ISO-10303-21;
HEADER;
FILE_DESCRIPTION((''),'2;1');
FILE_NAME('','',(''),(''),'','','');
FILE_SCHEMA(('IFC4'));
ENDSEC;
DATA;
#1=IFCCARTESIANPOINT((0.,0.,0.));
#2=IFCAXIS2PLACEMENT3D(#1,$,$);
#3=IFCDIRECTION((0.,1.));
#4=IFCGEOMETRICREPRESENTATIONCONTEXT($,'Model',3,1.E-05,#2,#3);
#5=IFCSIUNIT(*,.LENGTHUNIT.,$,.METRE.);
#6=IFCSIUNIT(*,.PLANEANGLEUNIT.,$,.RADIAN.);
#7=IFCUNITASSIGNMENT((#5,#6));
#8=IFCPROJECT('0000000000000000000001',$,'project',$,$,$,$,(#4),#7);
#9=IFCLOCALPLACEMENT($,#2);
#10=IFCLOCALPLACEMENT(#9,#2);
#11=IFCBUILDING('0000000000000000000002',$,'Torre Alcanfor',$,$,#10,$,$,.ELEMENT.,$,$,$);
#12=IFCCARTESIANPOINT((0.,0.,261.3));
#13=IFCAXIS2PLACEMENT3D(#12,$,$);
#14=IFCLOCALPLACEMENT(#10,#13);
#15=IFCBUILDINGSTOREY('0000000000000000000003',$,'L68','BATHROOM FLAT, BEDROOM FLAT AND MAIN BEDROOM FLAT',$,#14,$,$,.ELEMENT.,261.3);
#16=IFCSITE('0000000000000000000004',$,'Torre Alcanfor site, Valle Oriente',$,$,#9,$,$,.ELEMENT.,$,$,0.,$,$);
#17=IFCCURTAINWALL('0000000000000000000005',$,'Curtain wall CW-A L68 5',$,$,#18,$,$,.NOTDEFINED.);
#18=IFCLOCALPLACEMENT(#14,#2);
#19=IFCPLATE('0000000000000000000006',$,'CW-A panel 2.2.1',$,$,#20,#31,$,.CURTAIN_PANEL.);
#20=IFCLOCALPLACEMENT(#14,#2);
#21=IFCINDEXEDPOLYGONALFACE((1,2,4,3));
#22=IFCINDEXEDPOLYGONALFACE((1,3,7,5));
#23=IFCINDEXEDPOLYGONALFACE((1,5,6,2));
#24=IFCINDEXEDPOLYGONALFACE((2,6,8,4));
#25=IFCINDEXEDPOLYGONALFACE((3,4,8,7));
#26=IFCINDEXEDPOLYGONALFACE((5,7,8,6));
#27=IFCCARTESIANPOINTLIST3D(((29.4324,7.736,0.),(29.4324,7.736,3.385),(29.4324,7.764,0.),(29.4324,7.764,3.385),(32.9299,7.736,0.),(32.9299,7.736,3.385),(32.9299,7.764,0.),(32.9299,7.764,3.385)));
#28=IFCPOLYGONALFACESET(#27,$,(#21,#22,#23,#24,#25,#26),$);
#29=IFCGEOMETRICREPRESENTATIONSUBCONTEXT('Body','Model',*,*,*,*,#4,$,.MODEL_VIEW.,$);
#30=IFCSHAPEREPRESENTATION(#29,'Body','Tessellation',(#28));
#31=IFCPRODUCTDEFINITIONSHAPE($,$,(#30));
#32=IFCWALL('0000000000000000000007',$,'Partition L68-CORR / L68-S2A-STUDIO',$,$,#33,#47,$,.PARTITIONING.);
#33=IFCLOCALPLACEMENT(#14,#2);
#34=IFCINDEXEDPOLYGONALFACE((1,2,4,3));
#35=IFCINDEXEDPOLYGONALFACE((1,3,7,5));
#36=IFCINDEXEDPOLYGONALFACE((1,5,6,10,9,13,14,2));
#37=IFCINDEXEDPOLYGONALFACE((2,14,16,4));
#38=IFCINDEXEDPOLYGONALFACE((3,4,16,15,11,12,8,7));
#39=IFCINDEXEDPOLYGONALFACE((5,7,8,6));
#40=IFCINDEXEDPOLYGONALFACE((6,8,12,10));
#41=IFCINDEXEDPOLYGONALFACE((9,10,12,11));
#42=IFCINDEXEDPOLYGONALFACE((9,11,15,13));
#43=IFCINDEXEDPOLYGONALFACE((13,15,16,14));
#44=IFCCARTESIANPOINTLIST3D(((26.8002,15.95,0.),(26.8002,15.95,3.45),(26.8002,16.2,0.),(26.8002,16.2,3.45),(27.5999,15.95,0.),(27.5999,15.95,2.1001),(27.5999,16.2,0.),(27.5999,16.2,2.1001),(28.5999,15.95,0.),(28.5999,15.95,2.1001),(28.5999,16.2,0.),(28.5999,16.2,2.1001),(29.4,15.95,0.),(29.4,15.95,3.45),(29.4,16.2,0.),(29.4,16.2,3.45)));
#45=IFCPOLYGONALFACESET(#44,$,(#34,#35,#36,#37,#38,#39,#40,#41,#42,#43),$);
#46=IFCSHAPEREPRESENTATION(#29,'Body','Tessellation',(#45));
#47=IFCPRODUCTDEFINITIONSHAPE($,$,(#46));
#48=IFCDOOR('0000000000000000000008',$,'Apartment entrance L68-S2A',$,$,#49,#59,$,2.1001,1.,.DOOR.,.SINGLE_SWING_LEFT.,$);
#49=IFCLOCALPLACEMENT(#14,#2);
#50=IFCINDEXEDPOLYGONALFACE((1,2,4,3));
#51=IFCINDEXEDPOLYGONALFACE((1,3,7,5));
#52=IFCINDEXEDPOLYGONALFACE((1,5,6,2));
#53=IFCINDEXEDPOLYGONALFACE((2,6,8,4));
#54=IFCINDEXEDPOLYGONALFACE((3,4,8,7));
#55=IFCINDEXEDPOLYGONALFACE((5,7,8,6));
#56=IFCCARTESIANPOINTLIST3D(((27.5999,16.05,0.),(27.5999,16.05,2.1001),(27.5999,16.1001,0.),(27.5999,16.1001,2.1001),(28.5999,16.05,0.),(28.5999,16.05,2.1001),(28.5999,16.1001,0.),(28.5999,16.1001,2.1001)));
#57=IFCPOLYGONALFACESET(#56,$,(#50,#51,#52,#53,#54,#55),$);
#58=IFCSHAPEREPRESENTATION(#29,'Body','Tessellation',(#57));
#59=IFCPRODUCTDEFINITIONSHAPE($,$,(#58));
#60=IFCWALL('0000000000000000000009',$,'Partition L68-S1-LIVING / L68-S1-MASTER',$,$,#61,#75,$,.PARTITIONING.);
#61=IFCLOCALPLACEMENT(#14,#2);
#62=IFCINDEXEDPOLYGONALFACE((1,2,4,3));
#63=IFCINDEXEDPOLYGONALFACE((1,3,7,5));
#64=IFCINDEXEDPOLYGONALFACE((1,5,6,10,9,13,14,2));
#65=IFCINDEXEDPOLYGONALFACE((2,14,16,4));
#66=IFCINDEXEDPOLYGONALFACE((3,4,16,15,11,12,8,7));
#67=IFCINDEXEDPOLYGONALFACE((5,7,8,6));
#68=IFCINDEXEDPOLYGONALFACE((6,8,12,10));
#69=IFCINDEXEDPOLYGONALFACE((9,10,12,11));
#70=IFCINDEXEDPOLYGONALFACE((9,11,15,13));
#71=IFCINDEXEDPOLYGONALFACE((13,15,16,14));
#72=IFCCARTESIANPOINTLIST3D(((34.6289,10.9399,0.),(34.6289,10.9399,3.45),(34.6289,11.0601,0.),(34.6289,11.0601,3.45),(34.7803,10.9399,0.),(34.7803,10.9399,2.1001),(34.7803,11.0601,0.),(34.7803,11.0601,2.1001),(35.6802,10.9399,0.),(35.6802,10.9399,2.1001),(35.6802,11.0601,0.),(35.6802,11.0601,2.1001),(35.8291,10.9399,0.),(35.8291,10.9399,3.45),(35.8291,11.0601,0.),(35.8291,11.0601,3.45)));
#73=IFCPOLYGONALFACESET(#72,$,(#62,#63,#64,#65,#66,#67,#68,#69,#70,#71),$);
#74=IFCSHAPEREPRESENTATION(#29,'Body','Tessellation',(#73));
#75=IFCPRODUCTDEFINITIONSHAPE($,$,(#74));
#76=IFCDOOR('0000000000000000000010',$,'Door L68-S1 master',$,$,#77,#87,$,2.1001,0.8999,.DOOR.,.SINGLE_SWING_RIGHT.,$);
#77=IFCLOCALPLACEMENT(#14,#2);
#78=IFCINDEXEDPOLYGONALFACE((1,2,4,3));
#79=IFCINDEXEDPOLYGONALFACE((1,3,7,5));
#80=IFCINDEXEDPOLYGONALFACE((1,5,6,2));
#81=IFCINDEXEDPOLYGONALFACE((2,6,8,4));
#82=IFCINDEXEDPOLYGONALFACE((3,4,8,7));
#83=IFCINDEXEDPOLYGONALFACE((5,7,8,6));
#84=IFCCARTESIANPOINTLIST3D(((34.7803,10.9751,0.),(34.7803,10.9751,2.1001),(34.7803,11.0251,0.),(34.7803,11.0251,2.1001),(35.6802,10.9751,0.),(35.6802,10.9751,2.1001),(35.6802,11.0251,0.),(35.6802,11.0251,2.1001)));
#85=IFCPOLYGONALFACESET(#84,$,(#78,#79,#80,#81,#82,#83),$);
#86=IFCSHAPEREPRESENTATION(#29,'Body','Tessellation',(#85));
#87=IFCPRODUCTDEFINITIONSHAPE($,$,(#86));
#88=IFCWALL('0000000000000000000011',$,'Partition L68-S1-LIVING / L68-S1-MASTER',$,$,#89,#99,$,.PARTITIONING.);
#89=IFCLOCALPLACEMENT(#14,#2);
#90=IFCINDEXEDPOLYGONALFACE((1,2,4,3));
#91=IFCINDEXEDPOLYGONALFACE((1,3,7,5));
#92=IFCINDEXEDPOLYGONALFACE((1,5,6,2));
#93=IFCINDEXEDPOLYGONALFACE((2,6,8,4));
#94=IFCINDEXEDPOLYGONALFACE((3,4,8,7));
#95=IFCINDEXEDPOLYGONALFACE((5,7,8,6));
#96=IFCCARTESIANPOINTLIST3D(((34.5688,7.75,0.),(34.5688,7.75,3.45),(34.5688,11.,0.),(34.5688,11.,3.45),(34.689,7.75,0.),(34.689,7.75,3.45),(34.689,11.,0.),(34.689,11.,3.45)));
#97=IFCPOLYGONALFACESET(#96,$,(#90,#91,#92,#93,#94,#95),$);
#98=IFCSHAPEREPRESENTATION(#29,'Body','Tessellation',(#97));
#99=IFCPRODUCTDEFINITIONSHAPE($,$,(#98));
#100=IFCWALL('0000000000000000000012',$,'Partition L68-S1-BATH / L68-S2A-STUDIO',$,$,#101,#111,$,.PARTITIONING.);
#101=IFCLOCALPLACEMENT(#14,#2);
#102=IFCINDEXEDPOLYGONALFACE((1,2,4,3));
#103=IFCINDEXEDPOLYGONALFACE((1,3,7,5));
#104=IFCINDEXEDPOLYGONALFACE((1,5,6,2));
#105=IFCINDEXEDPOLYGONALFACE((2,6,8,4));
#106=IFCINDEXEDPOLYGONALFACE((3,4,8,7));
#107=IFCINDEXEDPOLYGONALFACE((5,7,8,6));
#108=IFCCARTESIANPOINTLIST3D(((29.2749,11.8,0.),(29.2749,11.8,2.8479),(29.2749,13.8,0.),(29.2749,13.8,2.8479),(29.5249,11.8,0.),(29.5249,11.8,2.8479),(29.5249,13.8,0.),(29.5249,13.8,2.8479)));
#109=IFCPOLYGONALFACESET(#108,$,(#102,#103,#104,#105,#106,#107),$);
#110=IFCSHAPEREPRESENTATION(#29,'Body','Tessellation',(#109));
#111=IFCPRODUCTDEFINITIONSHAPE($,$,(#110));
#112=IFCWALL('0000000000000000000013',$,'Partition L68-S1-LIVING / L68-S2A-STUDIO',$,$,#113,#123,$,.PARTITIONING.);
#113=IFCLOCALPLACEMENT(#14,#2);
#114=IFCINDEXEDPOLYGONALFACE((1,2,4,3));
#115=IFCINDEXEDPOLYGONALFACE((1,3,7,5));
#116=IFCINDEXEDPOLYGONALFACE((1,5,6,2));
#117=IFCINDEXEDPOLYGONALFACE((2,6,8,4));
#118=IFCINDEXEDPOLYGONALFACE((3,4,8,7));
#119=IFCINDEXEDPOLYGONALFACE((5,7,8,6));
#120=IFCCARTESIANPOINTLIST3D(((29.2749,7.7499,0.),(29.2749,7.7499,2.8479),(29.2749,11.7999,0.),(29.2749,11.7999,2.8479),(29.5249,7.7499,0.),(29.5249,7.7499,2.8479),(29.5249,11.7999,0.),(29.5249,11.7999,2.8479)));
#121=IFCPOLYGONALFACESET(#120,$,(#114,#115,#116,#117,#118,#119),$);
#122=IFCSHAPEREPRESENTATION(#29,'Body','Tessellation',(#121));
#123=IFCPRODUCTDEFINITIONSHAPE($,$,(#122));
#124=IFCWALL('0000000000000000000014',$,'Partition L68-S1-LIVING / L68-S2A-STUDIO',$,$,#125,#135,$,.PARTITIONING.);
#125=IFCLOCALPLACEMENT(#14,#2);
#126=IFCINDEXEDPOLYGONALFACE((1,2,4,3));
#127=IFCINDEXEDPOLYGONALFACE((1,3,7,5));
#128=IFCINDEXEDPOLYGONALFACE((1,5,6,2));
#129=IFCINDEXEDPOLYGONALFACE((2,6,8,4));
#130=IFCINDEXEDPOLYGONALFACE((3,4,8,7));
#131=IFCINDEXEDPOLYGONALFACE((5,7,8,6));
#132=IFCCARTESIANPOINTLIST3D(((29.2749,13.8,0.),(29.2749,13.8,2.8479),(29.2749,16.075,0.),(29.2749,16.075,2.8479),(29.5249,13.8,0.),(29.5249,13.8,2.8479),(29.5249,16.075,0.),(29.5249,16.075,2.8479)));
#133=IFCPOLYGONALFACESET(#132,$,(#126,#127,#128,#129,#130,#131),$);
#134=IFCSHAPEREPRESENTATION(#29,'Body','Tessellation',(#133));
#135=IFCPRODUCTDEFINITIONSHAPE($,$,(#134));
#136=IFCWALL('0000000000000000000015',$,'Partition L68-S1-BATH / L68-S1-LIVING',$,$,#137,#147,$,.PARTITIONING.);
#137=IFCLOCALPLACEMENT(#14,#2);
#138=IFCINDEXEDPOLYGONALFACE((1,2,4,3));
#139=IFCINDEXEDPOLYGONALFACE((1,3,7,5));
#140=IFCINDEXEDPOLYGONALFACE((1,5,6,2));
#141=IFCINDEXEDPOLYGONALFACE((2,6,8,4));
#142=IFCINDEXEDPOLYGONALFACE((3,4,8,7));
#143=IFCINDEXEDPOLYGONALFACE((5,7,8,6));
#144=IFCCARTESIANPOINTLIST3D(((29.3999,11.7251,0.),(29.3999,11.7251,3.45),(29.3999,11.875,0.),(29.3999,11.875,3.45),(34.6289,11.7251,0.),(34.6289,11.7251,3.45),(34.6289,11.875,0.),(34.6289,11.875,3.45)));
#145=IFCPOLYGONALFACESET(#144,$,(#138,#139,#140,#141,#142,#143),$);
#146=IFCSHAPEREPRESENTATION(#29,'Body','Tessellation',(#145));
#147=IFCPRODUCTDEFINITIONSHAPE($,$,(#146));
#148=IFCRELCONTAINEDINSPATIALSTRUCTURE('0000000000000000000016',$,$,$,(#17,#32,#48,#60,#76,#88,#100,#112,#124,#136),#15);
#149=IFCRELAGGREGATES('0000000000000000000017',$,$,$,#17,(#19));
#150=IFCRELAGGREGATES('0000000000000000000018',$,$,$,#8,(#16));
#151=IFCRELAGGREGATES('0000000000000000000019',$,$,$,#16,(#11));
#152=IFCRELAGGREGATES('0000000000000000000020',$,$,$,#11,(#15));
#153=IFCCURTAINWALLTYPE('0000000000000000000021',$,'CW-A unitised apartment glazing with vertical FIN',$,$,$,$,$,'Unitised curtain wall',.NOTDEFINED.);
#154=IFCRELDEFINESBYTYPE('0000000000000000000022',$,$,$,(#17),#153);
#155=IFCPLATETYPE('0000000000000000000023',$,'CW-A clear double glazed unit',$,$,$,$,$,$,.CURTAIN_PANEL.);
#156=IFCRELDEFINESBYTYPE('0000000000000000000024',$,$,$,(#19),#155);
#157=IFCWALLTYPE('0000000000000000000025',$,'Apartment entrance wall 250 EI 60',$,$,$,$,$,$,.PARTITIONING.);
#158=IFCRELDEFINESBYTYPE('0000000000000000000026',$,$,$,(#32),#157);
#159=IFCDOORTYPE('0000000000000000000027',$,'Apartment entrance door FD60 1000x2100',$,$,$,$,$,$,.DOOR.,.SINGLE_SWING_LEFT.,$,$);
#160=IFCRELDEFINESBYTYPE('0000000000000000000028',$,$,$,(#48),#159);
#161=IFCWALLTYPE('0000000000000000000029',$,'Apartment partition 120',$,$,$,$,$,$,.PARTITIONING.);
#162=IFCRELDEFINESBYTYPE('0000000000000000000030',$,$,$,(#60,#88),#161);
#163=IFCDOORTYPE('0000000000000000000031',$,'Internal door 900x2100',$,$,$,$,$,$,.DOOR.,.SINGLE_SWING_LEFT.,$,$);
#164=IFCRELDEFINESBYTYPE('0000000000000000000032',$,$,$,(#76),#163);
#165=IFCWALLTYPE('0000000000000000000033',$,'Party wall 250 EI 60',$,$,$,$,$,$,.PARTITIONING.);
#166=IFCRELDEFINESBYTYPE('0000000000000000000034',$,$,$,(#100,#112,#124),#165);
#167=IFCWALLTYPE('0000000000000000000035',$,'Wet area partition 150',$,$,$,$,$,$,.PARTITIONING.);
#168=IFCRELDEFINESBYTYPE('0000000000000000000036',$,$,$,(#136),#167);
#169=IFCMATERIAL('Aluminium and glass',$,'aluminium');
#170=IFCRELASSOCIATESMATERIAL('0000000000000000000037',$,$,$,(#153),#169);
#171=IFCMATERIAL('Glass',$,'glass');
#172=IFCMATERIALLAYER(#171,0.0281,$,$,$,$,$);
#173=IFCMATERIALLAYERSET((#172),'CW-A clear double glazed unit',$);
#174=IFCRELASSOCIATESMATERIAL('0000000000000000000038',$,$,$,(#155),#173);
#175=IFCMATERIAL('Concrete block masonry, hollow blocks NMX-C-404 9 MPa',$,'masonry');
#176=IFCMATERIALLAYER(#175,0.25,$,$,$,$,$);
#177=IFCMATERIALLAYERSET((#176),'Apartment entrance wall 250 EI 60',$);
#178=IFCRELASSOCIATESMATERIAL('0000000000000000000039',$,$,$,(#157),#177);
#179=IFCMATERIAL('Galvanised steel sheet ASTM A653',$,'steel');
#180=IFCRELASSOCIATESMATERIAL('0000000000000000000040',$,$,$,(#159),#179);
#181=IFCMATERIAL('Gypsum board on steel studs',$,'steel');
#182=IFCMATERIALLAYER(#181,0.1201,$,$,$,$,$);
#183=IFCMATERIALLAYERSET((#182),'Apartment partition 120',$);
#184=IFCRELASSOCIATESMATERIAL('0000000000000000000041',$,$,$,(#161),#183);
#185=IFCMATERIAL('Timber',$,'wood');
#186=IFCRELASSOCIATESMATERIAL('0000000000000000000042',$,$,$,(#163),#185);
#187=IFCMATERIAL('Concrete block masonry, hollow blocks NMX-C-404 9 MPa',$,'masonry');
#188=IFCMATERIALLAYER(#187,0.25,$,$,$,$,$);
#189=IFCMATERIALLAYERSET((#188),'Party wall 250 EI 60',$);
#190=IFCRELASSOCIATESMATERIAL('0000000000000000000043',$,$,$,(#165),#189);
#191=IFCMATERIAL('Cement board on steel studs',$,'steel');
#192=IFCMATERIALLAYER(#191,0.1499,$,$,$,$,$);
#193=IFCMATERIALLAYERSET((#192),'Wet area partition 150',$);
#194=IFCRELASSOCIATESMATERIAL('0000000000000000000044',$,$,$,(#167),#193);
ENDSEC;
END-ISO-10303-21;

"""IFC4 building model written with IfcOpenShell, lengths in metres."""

from ifc_helpers import new_model, si_unit, direction, frame, frame_2d, origin, origin_2d, place, context, subcontext, project, spatial, rectangle, extrude, material, layer, layer_set, type_object, element, fill, aggregate, save


model = new_model("IFC4")

# Units and contexts
model_context = context("Model", 3, precision=1e-05, world=origin(), true_north=direction((0.0, 1.0)))
body_context = subcontext(model_context, "Body", "Model", "MODEL_VIEW")
ifc_project = project(units=[si_unit("LENGTHUNIT", "METRE"), si_unit("PLANEANGLEUNIT", "RADIAN")], contexts=[model_context])

# Site, building, storey
site_placement = place(None, origin())
site = spatial("IfcSite", under=ifc_project, at=site_placement, Name="Torre Alcanfor site, Valle Oriente", CompositionType="ELEMENT", RefElevation=0.0)
building_placement = place(site_placement, origin())
building = spatial("IfcBuilding", under=site, at=building_placement, Name="Torre Alcanfor", CompositionType="ELEMENT")
storey_placement = place(building_placement, frame((0.0, 0.0, 261.3)))
storey = spatial("IfcBuildingStorey", under=building, at=storey_placement, Name="L68", Description="BATHROOM FLAT, BEDROOM FLAT AND MAIN BEDROOM FLAT", CompositionType="ELEMENT", Elevation=261.3)

# Curtain wall
ifc_material_1 = material(Name="Aluminium and glass", Category="aluminium")
curtain_wall_type = type_object("IfcCurtainWallType", Name="CW-A unitised apartment glazing with vertical FIN", ElementType="Unitised curtain wall", PredefinedType="NOTDEFINED", material=ifc_material_1)
curtain_wall_placement = place(storey_placement, origin())
curtain_wall = element("IfcCurtainWall", 1, at=curtain_wall_placement, inside=storey, type_object=curtain_wall_type, Name="Curtain wall CW-A L68 5", PredefinedType="NOTDEFINED")

# Plate
ifc_material_2 = material(Name="Glass", Category="glass")
ifc_layer_1 = layer(ifc_material_2, 0.0281)
ifc_layer_set_1 = layer_set([ifc_layer_1], Name="CW-A clear double glazed unit")
plate_type = type_object("IfcPlateType", Name="CW-A clear double glazed unit", PredefinedType="CURTAIN_PANEL", material=ifc_layer_set_1)
plate_placement = place(storey_placement, frame((31.1812, 7.75, 0.0), z_axis=(0.0, 0.0, 1.0), x_axis=(1.0, 0.0, 0.0)))
plate = element("IfcPlate", 2, at=plate_placement, type_object=plate_type, Name="CW-A panel 2.2.1", PredefinedType="CURTAIN_PANEL", context=body_context, shape_type="SweptSolid", body=[
    extrude(rectangle(XDim=3.4976, YDim=0.0281, at=origin_2d()), origin(), (0.0, 0.0, 1.0), 3.385),
])
aggregate(curtain_wall, [plate])

# Walls, openings, doors
ifc_material_3 = material(Name="Concrete block masonry, hollow blocks NMX-C-404 9 MPa", Category="masonry")
ifc_layer_2 = layer(ifc_material_3, 0.25)
ifc_layer_set_2 = layer_set([ifc_layer_2], Name="Apartment entrance wall 250 EI 60")
wall_type_1 = type_object("IfcWallType", Name="Apartment entrance wall 250 EI 60", PredefinedType="PARTITIONING", material=ifc_layer_set_2)
wall_1_placement = place(storey_placement, frame((29.3999, 16.075, 0.0), z_axis=(0.0, 0.0, 1.0), x_axis=(-1.0, 0.0, 0.0)))
wall_1 = element("IfcWall", 3, at=wall_1_placement, inside=storey, type_object=wall_type_1, Name="Partition L68-CORR / L68-S2A-STUDIO", PredefinedType="PARTITIONING", context=body_context, shape_type="SweptSolid", body=[
    extrude(rectangle(XDim=2.5999, YDim=0.25, at=frame_2d((1.2998, 0.0))), origin(), (0.0, 0.0, 1.0), 3.45),
])
opening_1_placement = place(wall_1_placement, frame((0.8, 0.0, 0.0)))
opening_1 = element("IfcOpeningElement", 4, at=opening_1_placement, cuts=wall_1, PredefinedType="OPENING", context=body_context, shape_type="SweptSolid", body=[
    extrude(rectangle(XDim=1.0, YDim=2.1001, at=frame_2d((0.5, 1.05))), frame((0.0, 0.135, 0.0), z_axis=(0.0, -1.0, 0.0), x_axis=(1.0, 0.0, 0.0)), (0.0, 0.0, 1.0), 0.27),
])
ifc_material_4 = material(Name="Galvanised steel sheet ASTM A653", Category="steel")
door_type_1 = type_object("IfcDoorType", Name="Apartment entrance door FD60 1000x2100", OperationType="SINGLE_SWING_LEFT", PredefinedType="DOOR", material=ifc_material_4)
door_1_placement = place(opening_1_placement, origin())
door_1 = element("IfcDoor", 5, at=door_1_placement, inside=storey, type_object=door_type_1, Name="Apartment entrance L68-S2A", OperationType="SINGLE_SWING_LEFT", OverallHeight=2.1001, OverallWidth=1.0, PredefinedType="DOOR", context=body_context, shape_type="SweptSolid", body=[
    extrude(rectangle(XDim=1.0, YDim=2.1001, at=frame_2d((0.5, 1.05))), frame((0.0, 0.0249, 0.0), z_axis=(0.0, -1.0, 0.0), x_axis=(1.0, 0.0, 0.0)), (0.0, 0.0, 1.0), 0.05),
])
fill(opening_1, door_1)
ifc_material_5 = material(Name="Gypsum board on steel studs", Category="steel")
ifc_layer_3 = layer(ifc_material_5, 0.1201)
ifc_layer_set_3 = layer_set([ifc_layer_3], Name="Apartment partition 120")
wall_type_2 = type_object("IfcWallType", Name="Apartment partition 120", PredefinedType="PARTITIONING", material=ifc_layer_set_3)
wall_2_placement = place(storey_placement, frame((35.8291, 11.0, 0.0), z_axis=(0.0, 0.0, 1.0), x_axis=(-1.0, 0.0, 0.0)))
wall_2 = element("IfcWall", 6, at=wall_2_placement, inside=storey, type_object=wall_type_2, Name="Partition L68-S1-LIVING / L68-S1-MASTER", PredefinedType="PARTITIONING", context=body_context, shape_type="SweptSolid", body=[
    extrude(rectangle(XDim=1.2002, YDim=0.1201, at=frame_2d((0.6001, 0.0))), origin(), (0.0, 0.0, 1.0), 3.45),
])
opening_2_placement = place(wall_2_placement, frame((0.1489, 0.0, 0.0)))
opening_2 = element("IfcOpeningElement", 7, at=opening_2_placement, cuts=wall_2, PredefinedType="OPENING", context=body_context, shape_type="SweptSolid", body=[
    extrude(rectangle(XDim=0.8999, YDim=2.1001, at=frame_2d((0.45, 1.05))), frame((0.0, 0.0701, 0.0), z_axis=(0.0, -1.0, 0.0), x_axis=(1.0, 0.0, 0.0)), (0.0, 0.0, 1.0), 0.1401),
])
ifc_material_6 = material(Name="Timber", Category="wood")
door_type_2 = type_object("IfcDoorType", Name="Internal door 900x2100", OperationType="SINGLE_SWING_LEFT", PredefinedType="DOOR", material=ifc_material_6)
door_2_placement = place(opening_2_placement, origin())
door_2 = element("IfcDoor", 8, at=door_2_placement, inside=storey, type_object=door_type_2, Name="Door L68-S1 master", OperationType="SINGLE_SWING_RIGHT", OverallHeight=2.1001, OverallWidth=0.8999, PredefinedType="DOOR", context=body_context, shape_type="SweptSolid", body=[
    extrude(rectangle(XDim=0.8999, YDim=2.1001, at=frame_2d((0.45, 1.05))), frame((0.0, 0.0249, 0.0), z_axis=(0.0, -1.0, 0.0), x_axis=(1.0, 0.0, 0.0)), (0.0, 0.0, 1.0), 0.05),
])
fill(opening_2, door_2)

# Walls
wall_3_placement = place(storey_placement, frame((34.6289, 11.0, 0.0), z_axis=(0.0, 0.0, 1.0), x_axis=(0.0, -1.0, 0.0)))
element("IfcWall", 9, at=wall_3_placement, inside=storey, type_object=wall_type_2, Name="Partition L68-S1-LIVING / L68-S1-MASTER", PredefinedType="PARTITIONING", context=body_context, shape_type="SweptSolid", body=[
    extrude(rectangle(XDim=3.25, YDim=0.1201, at=frame_2d((1.625, 0.0))), origin(), (0.0, 0.0, 1.0), 3.45),
])
ifc_material_7 = material(Name="Concrete block masonry, hollow blocks NMX-C-404 9 MPa", Category="masonry")
ifc_layer_4 = layer(ifc_material_7, 0.25)
ifc_layer_set_4 = layer_set([ifc_layer_4], Name="Party wall 250 EI 60")
wall_type_3 = type_object("IfcWallType", Name="Party wall 250 EI 60", PredefinedType="PARTITIONING", material=ifc_layer_set_4)
wall_4_placement = place(storey_placement, frame((29.3999, 13.8, 0.0), z_axis=(0.0, 0.0, 1.0), x_axis=(0.0, -1.0, 0.0)))
element("IfcWall", 10, at=wall_4_placement, inside=storey, type_object=wall_type_3, Name="Partition L68-S1-BATH / L68-S2A-STUDIO", PredefinedType="PARTITIONING", context=body_context, shape_type="SweptSolid", body=[
    extrude(rectangle(XDim=2.0, YDim=0.25, at=frame_2d((1.0, 0.0))), origin(), (0.0, 0.0, 1.0), 2.8479),
])
wall_5_placement = place(storey_placement, frame((29.3999, 7.75, 0.0), z_axis=(0.0, 0.0, 1.0), x_axis=(0.0, 1.0, 0.0)))
element("IfcWall", 11, at=wall_5_placement, inside=storey, type_object=wall_type_3, Name="Partition L68-S1-LIVING / L68-S2A-STUDIO", PredefinedType="PARTITIONING", context=body_context, shape_type="SweptSolid", body=[
    extrude(rectangle(XDim=4.05, YDim=0.25, at=frame_2d((2.0249, 0.0))), origin(), (0.0, 0.0, 1.0), 2.8479),
])
wall_6_placement = place(storey_placement, frame((29.3999, 13.8, 0.0), z_axis=(0.0, 0.0, 1.0), x_axis=(0.0, 1.0, 0.0)))
element("IfcWall", 12, at=wall_6_placement, inside=storey, type_object=wall_type_3, Name="Partition L68-S1-LIVING / L68-S2A-STUDIO", PredefinedType="PARTITIONING", context=body_context, shape_type="SweptSolid", body=[
    extrude(rectangle(XDim=2.2749, YDim=0.25, at=frame_2d((1.1375, 0.0))), origin(), (0.0, 0.0, 1.0), 2.8479),
])
ifc_material_8 = material(Name="Cement board on steel studs", Category="steel")
ifc_layer_5 = layer(ifc_material_8, 0.1499)
ifc_layer_set_5 = layer_set([ifc_layer_5], Name="Wet area partition 150")
wall_type_4 = type_object("IfcWallType", Name="Wet area partition 150", PredefinedType="PARTITIONING", material=ifc_layer_set_5)
wall_7_placement = place(storey_placement, frame((29.3999, 11.8, 0.0), z_axis=(0.0, 0.0, 1.0), x_axis=(1.0, 0.0, 0.0)))
element("IfcWall", 13, at=wall_7_placement, inside=storey, type_object=wall_type_4, Name="Partition L68-S1-BATH / L68-S1-LIVING", PredefinedType="PARTITIONING", context=body_context, shape_type="SweptSolid", body=[
    extrude(rectangle(XDim=5.229, YDim=0.1499, at=frame_2d((2.6145, 0.0))), origin(), (0.0, 0.0, 1.0), 3.45),
])

save(model, "model.ifc")
